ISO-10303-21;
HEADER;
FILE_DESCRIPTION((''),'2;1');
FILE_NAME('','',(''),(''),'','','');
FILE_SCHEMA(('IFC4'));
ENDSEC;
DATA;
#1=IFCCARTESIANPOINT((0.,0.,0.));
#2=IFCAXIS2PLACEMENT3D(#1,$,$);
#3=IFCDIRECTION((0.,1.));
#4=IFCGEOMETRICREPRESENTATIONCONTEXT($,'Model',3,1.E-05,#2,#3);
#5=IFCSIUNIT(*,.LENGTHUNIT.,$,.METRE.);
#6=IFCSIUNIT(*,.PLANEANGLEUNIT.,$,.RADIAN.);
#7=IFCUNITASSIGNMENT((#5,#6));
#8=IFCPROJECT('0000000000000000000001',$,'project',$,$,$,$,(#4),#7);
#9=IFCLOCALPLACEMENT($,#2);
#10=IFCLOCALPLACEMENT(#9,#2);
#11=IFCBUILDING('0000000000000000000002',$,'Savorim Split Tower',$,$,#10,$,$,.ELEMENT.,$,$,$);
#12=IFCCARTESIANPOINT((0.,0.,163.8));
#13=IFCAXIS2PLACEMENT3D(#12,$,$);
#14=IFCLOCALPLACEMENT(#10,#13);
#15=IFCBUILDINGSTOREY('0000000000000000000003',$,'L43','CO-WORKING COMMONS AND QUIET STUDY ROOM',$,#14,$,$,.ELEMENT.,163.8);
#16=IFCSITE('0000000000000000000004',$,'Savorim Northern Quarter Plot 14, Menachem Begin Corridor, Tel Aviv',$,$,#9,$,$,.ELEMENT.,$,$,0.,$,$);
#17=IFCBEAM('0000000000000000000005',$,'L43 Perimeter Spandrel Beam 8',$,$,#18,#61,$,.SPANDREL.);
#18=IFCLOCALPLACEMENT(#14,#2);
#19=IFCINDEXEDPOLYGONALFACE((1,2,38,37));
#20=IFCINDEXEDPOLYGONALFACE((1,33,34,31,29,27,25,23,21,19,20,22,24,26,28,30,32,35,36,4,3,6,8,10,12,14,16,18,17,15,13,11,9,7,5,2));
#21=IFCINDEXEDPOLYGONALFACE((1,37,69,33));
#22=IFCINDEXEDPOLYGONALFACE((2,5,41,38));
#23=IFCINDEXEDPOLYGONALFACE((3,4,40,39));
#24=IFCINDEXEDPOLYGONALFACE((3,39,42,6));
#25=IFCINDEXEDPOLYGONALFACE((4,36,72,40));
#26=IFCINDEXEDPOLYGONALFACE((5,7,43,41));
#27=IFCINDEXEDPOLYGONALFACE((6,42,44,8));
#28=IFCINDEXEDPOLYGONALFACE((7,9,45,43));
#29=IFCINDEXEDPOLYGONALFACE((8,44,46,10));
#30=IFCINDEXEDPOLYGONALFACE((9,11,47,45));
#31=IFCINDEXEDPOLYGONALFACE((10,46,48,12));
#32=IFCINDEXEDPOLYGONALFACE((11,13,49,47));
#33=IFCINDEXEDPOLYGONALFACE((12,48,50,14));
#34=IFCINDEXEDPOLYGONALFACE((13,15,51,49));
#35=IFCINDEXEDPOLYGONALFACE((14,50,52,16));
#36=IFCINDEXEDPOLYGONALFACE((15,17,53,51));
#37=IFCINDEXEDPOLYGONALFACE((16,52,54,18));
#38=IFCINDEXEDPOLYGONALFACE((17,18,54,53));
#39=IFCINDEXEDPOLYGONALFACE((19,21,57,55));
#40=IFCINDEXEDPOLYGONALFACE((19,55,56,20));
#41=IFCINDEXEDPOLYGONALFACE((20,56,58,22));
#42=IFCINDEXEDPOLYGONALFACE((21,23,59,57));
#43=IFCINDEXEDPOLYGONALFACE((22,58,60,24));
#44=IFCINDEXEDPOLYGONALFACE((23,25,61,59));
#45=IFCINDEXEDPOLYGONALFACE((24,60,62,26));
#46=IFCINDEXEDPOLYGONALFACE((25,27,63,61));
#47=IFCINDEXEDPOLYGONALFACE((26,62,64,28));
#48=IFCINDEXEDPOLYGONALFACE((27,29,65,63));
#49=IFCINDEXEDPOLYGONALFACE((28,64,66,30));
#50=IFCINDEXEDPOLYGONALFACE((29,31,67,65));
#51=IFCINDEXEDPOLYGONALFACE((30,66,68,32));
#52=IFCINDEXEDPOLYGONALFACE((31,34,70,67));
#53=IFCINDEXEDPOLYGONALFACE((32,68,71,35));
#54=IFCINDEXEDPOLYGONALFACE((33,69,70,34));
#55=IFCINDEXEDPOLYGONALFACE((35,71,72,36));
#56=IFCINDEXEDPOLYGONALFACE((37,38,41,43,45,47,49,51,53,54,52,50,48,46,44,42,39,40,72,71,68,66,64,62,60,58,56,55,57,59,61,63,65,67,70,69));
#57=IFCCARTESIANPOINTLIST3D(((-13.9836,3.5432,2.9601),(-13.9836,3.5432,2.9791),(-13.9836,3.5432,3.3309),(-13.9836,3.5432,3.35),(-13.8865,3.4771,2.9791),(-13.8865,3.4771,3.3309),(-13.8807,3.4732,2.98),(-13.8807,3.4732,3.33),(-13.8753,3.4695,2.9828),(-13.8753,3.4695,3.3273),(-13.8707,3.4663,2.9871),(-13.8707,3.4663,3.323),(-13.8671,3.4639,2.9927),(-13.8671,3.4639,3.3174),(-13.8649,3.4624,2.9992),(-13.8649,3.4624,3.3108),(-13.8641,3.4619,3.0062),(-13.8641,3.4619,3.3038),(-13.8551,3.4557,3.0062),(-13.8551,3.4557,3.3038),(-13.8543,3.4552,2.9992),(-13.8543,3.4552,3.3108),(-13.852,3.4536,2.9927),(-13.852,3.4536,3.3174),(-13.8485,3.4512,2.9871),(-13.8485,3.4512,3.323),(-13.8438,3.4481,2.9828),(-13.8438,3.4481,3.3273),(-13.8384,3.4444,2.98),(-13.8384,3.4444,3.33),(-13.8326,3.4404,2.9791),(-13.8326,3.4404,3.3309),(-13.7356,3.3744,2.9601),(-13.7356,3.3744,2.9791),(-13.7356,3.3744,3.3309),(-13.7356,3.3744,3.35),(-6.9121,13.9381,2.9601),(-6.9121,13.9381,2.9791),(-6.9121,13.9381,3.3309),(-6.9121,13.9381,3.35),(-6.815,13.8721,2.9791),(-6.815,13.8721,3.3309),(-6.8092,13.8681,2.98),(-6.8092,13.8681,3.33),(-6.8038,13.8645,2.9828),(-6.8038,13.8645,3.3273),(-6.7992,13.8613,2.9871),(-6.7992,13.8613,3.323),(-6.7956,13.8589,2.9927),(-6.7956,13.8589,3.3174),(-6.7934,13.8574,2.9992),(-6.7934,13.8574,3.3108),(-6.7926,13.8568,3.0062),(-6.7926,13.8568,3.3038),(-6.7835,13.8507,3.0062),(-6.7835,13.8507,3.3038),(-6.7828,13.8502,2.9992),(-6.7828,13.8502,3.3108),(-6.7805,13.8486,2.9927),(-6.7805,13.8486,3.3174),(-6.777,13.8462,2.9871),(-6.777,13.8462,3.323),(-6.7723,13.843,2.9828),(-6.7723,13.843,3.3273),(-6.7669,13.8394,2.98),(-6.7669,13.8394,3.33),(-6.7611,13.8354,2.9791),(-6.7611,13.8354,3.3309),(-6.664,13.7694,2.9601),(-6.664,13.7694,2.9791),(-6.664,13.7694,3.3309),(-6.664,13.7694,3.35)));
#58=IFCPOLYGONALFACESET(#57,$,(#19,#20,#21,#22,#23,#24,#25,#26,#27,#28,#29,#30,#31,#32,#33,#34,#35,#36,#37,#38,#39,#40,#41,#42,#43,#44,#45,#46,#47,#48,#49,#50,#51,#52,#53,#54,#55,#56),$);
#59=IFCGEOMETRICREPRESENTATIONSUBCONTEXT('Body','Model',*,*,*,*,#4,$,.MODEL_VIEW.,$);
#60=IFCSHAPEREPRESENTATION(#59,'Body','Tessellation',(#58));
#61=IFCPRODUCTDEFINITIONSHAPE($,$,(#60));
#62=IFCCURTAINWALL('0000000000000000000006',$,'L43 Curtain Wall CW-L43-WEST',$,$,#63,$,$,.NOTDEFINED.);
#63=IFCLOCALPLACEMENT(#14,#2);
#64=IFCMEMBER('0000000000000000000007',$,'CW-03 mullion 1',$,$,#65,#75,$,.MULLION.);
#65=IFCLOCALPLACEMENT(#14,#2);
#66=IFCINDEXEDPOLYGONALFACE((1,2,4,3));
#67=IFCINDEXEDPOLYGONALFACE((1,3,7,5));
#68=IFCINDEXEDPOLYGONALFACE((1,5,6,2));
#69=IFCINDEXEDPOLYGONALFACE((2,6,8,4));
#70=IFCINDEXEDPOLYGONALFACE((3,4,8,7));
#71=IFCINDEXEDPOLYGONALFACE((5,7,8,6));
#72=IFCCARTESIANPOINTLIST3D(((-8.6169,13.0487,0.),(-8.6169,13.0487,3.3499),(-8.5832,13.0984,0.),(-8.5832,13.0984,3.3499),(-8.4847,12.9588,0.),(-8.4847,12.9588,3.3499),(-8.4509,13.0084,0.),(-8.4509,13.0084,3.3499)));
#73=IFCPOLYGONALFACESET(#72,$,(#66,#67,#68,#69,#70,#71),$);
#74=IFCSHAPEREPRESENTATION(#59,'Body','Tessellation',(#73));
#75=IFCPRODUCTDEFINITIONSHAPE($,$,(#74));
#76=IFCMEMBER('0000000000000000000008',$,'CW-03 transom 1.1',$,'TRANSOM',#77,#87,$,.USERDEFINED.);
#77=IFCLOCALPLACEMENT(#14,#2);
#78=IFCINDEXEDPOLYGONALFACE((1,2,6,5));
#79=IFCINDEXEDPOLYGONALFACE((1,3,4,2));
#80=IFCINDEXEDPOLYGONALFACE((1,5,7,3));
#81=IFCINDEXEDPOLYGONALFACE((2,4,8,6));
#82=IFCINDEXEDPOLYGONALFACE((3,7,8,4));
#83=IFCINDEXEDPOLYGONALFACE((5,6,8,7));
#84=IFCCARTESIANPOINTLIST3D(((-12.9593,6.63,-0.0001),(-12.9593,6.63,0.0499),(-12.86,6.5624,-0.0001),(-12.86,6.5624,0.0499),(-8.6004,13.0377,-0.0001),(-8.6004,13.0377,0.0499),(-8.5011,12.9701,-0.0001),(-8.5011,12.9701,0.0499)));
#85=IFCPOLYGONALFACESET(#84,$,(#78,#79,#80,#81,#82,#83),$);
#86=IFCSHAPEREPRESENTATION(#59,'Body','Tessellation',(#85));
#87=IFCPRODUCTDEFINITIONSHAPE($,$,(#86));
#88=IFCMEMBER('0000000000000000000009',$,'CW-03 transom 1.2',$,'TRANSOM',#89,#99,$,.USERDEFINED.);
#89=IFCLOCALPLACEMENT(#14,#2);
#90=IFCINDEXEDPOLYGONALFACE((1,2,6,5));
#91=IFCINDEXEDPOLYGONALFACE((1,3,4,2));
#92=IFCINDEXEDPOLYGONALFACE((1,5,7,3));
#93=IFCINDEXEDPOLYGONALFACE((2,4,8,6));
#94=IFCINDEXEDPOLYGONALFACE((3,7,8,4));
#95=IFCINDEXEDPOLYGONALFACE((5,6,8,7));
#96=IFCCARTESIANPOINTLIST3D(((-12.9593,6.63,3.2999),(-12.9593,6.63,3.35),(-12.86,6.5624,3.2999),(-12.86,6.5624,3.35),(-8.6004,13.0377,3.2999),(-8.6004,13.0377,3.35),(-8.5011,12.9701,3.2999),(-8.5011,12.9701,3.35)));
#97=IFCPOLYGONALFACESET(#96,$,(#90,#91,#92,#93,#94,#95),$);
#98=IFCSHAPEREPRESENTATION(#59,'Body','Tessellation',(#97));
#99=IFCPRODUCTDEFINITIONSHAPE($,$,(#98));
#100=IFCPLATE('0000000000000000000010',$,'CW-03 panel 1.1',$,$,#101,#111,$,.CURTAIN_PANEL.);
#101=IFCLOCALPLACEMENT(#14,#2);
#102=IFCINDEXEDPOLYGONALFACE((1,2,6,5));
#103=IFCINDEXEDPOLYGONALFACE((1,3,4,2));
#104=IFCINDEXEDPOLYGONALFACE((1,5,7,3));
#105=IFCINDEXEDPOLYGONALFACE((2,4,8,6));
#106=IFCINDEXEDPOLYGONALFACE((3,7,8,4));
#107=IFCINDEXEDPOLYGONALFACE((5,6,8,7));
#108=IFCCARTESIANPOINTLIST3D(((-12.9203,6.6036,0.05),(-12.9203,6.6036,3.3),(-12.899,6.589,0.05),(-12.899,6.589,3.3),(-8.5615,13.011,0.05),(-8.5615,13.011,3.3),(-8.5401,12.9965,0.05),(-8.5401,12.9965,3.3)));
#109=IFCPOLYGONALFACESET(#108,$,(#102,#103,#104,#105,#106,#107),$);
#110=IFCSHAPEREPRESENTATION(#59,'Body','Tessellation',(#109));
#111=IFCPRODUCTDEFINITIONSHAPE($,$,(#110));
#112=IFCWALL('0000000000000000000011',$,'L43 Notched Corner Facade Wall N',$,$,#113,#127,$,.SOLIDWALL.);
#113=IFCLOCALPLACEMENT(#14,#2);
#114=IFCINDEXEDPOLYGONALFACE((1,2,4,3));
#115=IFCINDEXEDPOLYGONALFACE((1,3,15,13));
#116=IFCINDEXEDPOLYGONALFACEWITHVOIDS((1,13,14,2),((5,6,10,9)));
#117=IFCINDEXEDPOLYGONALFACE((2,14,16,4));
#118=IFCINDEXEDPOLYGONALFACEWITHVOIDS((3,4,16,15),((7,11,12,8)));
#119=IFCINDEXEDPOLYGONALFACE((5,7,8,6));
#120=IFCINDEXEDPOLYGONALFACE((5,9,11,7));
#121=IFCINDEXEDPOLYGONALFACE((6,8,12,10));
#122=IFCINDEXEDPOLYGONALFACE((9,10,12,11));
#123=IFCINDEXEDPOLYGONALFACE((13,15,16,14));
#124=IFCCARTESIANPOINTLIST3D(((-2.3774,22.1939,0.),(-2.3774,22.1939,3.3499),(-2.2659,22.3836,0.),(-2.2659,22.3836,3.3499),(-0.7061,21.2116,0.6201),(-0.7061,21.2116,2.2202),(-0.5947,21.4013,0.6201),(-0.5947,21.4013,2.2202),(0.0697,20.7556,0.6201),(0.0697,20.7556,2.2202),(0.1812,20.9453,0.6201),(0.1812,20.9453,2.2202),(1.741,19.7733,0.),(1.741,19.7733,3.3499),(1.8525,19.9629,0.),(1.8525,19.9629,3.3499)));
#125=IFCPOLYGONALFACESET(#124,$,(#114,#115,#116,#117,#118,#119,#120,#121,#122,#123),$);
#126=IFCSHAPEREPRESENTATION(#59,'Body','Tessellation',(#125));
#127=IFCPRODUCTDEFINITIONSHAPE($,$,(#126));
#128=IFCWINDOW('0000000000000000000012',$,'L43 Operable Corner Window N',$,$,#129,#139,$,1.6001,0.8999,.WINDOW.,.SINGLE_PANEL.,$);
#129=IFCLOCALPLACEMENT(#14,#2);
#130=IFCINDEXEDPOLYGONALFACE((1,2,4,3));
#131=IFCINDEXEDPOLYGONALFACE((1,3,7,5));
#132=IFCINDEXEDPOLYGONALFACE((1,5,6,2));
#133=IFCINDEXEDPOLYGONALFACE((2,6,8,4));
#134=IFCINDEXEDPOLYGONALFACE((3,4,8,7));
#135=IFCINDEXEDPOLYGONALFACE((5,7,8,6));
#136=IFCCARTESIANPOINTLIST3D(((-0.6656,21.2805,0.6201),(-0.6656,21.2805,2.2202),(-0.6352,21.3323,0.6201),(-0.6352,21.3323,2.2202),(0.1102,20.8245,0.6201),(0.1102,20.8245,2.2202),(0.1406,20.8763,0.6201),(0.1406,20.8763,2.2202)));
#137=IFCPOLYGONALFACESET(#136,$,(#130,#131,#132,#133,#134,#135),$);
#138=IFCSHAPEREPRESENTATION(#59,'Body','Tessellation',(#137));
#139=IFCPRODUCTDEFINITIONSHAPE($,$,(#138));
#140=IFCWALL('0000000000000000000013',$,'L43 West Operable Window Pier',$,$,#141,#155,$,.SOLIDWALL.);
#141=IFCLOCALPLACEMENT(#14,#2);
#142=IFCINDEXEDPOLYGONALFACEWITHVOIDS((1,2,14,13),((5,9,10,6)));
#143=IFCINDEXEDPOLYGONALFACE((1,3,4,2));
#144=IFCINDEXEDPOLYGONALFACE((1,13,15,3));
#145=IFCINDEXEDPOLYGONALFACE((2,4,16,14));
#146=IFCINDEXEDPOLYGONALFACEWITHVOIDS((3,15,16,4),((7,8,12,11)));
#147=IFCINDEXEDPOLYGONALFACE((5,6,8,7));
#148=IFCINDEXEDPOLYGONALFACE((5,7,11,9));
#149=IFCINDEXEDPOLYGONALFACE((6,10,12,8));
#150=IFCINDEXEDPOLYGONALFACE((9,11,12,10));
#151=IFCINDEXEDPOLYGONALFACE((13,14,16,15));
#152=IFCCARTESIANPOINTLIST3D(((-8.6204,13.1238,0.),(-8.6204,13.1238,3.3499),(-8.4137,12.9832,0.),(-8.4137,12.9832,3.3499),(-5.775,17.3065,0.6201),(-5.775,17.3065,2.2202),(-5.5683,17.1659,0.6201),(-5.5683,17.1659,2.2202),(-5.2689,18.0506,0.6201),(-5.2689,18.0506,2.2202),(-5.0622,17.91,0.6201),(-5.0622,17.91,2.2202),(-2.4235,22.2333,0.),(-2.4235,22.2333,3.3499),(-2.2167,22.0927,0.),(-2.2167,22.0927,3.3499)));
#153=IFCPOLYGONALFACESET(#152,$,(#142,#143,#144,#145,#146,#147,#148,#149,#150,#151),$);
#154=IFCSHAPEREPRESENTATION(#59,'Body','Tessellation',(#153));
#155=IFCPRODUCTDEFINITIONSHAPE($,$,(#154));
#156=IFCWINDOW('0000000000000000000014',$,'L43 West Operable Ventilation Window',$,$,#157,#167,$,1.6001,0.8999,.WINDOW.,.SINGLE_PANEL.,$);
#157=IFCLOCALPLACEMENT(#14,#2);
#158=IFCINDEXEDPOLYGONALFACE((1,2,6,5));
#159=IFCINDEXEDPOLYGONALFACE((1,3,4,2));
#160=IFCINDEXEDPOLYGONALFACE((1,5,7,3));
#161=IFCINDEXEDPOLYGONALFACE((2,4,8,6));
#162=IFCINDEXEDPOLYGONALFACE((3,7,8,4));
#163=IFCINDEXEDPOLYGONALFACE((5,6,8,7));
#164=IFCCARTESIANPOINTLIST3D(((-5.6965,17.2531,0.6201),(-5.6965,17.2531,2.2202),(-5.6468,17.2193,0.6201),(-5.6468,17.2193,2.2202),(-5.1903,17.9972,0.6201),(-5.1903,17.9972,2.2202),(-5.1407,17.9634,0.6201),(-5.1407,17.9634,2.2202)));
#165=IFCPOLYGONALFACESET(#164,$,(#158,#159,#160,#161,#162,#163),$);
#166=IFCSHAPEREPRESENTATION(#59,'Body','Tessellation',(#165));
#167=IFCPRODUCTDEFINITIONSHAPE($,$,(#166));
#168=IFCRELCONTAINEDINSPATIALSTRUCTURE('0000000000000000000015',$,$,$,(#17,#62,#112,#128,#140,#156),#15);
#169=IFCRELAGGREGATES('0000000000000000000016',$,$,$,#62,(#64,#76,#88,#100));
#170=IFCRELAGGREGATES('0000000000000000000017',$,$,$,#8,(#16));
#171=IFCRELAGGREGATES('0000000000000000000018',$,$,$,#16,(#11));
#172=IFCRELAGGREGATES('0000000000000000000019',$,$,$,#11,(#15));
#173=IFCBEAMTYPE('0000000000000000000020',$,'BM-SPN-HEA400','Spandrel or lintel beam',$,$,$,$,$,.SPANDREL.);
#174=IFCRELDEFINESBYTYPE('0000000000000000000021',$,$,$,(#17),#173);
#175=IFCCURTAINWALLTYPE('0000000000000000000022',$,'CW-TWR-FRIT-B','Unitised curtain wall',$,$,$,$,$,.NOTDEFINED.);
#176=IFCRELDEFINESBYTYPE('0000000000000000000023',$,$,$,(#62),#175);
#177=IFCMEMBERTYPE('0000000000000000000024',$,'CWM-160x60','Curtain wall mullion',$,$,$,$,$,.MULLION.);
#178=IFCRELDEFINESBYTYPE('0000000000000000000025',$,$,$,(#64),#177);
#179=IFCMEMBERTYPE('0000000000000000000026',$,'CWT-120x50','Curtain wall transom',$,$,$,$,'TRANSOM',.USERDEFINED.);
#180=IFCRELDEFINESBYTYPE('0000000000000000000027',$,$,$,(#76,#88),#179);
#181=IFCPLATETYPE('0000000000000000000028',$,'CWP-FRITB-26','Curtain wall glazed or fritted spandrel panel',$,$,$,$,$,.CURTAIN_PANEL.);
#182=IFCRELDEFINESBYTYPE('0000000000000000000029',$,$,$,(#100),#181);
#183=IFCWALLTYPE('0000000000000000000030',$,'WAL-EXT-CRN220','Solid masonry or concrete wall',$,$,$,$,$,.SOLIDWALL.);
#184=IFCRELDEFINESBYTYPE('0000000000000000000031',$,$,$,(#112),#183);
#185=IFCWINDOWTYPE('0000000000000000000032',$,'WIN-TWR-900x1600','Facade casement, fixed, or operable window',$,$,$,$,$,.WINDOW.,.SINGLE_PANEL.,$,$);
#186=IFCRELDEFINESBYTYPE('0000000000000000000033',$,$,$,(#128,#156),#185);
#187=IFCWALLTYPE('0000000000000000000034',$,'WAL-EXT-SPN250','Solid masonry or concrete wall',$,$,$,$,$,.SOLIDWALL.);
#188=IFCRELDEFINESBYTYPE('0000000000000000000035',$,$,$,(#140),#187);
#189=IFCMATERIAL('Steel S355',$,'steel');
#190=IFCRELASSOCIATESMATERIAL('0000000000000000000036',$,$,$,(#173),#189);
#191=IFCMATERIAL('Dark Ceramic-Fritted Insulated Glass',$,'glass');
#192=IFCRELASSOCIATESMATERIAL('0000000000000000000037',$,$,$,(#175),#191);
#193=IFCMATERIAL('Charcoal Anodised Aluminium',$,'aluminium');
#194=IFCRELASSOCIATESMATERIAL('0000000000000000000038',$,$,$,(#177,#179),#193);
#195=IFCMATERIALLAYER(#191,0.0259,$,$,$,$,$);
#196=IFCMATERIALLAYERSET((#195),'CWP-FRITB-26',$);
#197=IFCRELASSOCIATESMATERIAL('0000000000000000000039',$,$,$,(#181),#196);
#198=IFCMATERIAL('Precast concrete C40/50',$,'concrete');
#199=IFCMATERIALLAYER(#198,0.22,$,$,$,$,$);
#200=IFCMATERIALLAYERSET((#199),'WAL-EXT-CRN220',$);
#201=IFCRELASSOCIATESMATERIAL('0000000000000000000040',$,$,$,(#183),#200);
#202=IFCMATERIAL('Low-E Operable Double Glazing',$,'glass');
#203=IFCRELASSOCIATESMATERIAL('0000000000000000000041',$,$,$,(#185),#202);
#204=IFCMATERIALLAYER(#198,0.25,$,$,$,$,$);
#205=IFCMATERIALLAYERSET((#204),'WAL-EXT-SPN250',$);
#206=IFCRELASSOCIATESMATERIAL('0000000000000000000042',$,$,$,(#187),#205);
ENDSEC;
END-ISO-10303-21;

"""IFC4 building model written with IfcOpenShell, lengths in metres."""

from ifc_helpers import new_model, si_unit, direction, frame, frame_2d, origin, origin_2d, place, context, subcontext, project, spatial, rectangle, i_section, extrude, material, layer, layer_set, material_profile, profile_set, type_object, element, fill, aggregate, save


model = new_model("IFC4")

# Units and contexts
model_context = context("Model", 3, precision=1e-05, world=origin(), true_north=direction((0.0, 1.0)))
body_context = subcontext(model_context, "Body", "Model", "MODEL_VIEW")
ifc_project = project(units=[si_unit("LENGTHUNIT", "METRE"), si_unit("PLANEANGLEUNIT", "RADIAN")], contexts=[model_context])

# Site, building, storey
site_placement = place(None, origin())
site = spatial("IfcSite", under=ifc_project, at=site_placement, Name="Savorim Northern Quarter Plot 14, Menachem Begin Corridor, Tel Aviv", CompositionType="ELEMENT", RefElevation=0.0)
building_placement = place(site_placement, origin())
building = spatial("IfcBuilding", under=site, at=building_placement, Name="Savorim Split Tower", CompositionType="ELEMENT")
storey_placement = place(building_placement, frame((0.0, 0.0, 163.8)))
storey = spatial("IfcBuildingStorey", under=building, at=storey_placement, Name="L43", Description="CO-WORKING COMMONS AND QUIET STUDY ROOM", CompositionType="ELEMENT", Elevation=163.8)

# Beam
ifc_material_1 = material(Name="Steel S355", Category="steel")
ifc_material_profile_1 = material_profile(ifc_material_1, i_section(OverallWidth=0.3, OverallDepth=0.3899, WebThickness=0.011, FlangeThickness=0.019, FilletRadius=0.0271, at=origin_2d()), Name="HEA 400")
ifc_profile_set_1 = profile_set([ifc_material_profile_1], Name="Steel S355")
beam_type_1 = type_object("IfcBeamType", Name="BM-SPN-HEA400", Description="Spandrel or lintel beam", PredefinedType="SPANDREL", material=ifc_profile_set_1)
beam_1_placement = place(storey_placement, frame((-6.7881, 13.8538, 3.155), z_axis=(-0.562469, -0.826818, 0.0), x_axis=(0.826818, -0.562469, 0.0)))
element("IfcBeam", 1, at=beam_1_placement, inside=storey, type_object=beam_type_1, Name="L43 Perimeter Spandrel Beam 8", PredefinedType="SPANDREL", context=body_context, shape_type="SweptSolid", body=[
    extrude(i_section(OverallWidth=0.3, OverallDepth=0.3899, WebThickness=0.011, FlangeThickness=0.019, FilletRadius=0.0271, at=origin_2d()), origin(), (0.0, 0.0, 1.0), 12.5723),
])

# Curtain wall, members, plate
ifc_material_2 = material(Name="Dark Ceramic-Fritted Insulated Glass", Category="glass")
curtain_wall_type = type_object("IfcCurtainWallType", Name="CW-TWR-FRIT-B", Description="Unitised curtain wall", PredefinedType="NOTDEFINED", material=ifc_material_2)
curtain_wall_placement = place(storey_placement, origin())
curtain_wall = element("IfcCurtainWall", 2, at=curtain_wall_placement, inside=storey, type_object=curtain_wall_type, Name="L43 Curtain Wall CW-L43-WEST", PredefinedType="NOTDEFINED")
ifc_material_3 = material(Name="Charcoal Anodised Aluminium", Category="aluminium")
ifc_material_profile_2 = material_profile(ifc_material_3, rectangle(XDim=0.1599, YDim=0.0601, at=origin_2d()), Name="ALU-M 160x60")
ifc_profile_set_2 = profile_set([ifc_material_profile_2], Name="Charcoal Anodised Aluminium")
member_type_1 = type_object("IfcMemberType", Name="CWM-160x60", Description="Curtain wall mullion", PredefinedType="MULLION", material=ifc_profile_set_2)
member_1_placement = place(storey_placement, frame((-8.5339, 13.0286, 0.0), z_axis=(0.0, 0.0, 1.0), x_axis=(0.826819, -0.562468, 0.0)))
member_1 = element("IfcMember", 3, at=member_1_placement, type_object=member_type_1, Name="CW-03 mullion 1", PredefinedType="MULLION", context=body_context, shape_type="SweptSolid", body=[
    extrude(rectangle(XDim=0.1599, YDim=0.0601, at=origin_2d()), origin(), (0.0, 0.0, 1.0), 3.3499),
])
ifc_material_profile_3 = material_profile(ifc_material_3, rectangle(XDim=0.1201, YDim=0.05, at=origin_2d()), Name="ALU-T 120x50")
ifc_profile_set_3 = profile_set([ifc_material_profile_3], Name="Charcoal Anodised Aluminium")
member_type_2 = type_object("IfcMemberType", Name="CWT-120x50", Description="Curtain wall transom", ElementType="TRANSOM", PredefinedType="USERDEFINED", material=ifc_profile_set_3)
member_2_placement = place(storey_placement, frame((-8.5508, 13.0039, 0.0249), z_axis=(-0.562455, -0.826828, 0.0), x_axis=(0.826828, -0.562455, 0.0)))
member_2 = element("IfcMember", 4, at=member_2_placement, type_object=member_type_2, Name="CW-03 transom 1.1", ObjectType="TRANSOM", PredefinedType="USERDEFINED", context=body_context, shape_type="SweptSolid", body=[
    extrude(rectangle(XDim=0.1201, YDim=0.05, at=origin_2d()), origin(), (0.0, 0.0, 1.0), 7.7498),
])
member_3_placement = place(storey_placement, frame((-8.5508, 13.0039, 3.325), z_axis=(-0.562455, -0.826828, 0.0), x_axis=(0.826828, -0.562455, 0.0)))
member_3 = element("IfcMember", 5, at=member_3_placement, type_object=member_type_2, Name="CW-03 transom 1.2", ObjectType="TRANSOM", PredefinedType="USERDEFINED", context=body_context, shape_type="SweptSolid", body=[
    extrude(rectangle(XDim=0.1201, YDim=0.05, at=origin_2d()), origin(), (0.0, 0.0, 1.0), 7.7498),
])
ifc_layer_1 = layer(ifc_material_2, 0.0259)
ifc_layer_set_1 = layer_set([ifc_layer_1], Name="CWP-FRITB-26")
plate_type = type_object("IfcPlateType", Name="CWP-FRITB-26", Description="Curtain wall glazed or fritted spandrel panel", PredefinedType="CURTAIN_PANEL", material=ifc_layer_set_1)
plate_placement = place(storey_placement, frame((-10.7302, 9.8, 0.05), z_axis=(0.0, 0.0, 1.0), x_axis=(-0.562468, -0.826819, 0.0)))
plate = element("IfcPlate", 6, at=plate_placement, type_object=plate_type, Name="CW-03 panel 1.1", PredefinedType="CURTAIN_PANEL", context=body_context, shape_type="SweptSolid", body=[
    extrude(rectangle(XDim=7.7495, YDim=0.0259, at=origin_2d()), origin(), (0.0, 0.0, 1.0), 3.25),
])
aggregate(curtain_wall, [member_1, member_2, member_3, plate])

# Walls, openings, windows
ifc_material_4 = material(Name="Precast concrete C40/50", Category="concrete")
ifc_layer_2 = layer(ifc_material_4, 0.22)
ifc_layer_set_2 = layer_set([ifc_layer_2], Name="WAL-EXT-CRN220")
wall_type_1 = type_object("IfcWallType", Name="WAL-EXT-CRN220", Description="Solid masonry or concrete wall", PredefinedType="SOLIDWALL", material=ifc_layer_set_2)
wall_1_placement = place(storey_placement, frame((-2.3218, 22.2888, 0.0), z_axis=(0.0, 0.0, 1.0), x_axis=(0.862112, -0.506719, 0.0)))
wall_1 = element("IfcWall", 7, at=wall_1_placement, inside=storey, type_object=wall_type_1, Name="L43 Notched Corner Facade Wall N", PredefinedType="SOLIDWALL", context=body_context, shape_type="SweptSolid", body=[
    extrude(rectangle(XDim=4.7771, YDim=0.22, at=frame_2d((2.3887, 0.0))), origin(), (0.0, 0.0, 1.0), 3.3499),
])
opening_1_placement = place(wall_1_placement, frame((1.9387, 0.0, 0.6201)))
opening_1 = element("IfcOpeningElement", 8, at=opening_1_placement, cuts=wall_1, PredefinedType="OPENING", context=body_context, shape_type="SweptSolid", body=[
    extrude(rectangle(XDim=0.8999, YDim=1.6001, at=frame_2d((0.45, 0.8))), frame((0.0, 0.1199, 0.0), z_axis=(0.0, -1.0, 0.0), x_axis=(1.0, 0.0, 0.0)), (0.0, 0.0, 1.0), 0.24),
])
ifc_material_5 = material(Name="Low-E Operable Double Glazing", Category="glass")
window_type = type_object("IfcWindowType", Name="WIN-TWR-900x1600", Description="Facade casement, fixed, or operable window", PartitioningType="SINGLE_PANEL", PredefinedType="WINDOW", material=ifc_material_5)
window_1_placement = place(opening_1_placement, origin())
window_1 = element("IfcWindow", 9, at=window_1_placement, inside=storey, type_object=window_type, Name="L43 Operable Corner Window N", OverallHeight=1.6001, OverallWidth=0.8999, PartitioningType="SINGLE_PANEL", PredefinedType="WINDOW", context=body_context, shape_type="SweptSolid", body=[
    extrude(rectangle(XDim=0.8999, YDim=1.6001, at=frame_2d((0.45, 0.8))), frame((0.0, 0.03, 0.0), z_axis=(0.0, -1.0, 0.0), x_axis=(1.0, 0.0, 0.0)), (0.0, 0.0, 1.0), 0.0601),
])
fill(opening_1, window_1)
ifc_layer_3 = layer(ifc_material_4, 0.25)
ifc_layer_set_3 = layer_set([ifc_layer_3], Name="WAL-EXT-SPN250")
wall_type_2 = type_object("IfcWallType", Name="WAL-EXT-SPN250", Description="Solid masonry or concrete wall", PredefinedType="SOLIDWALL", material=ifc_layer_set_3)
wall_2_placement = place(storey_placement, frame((-8.5171, 13.0535, 0.0), z_axis=(0.0, 0.0, 1.0), x_axis=(0.562464, 0.826822, 0.0)))
wall_2 = element("IfcWall", 10, at=wall_2_placement, inside=storey, type_object=wall_type_2, Name="L43 West Operable Window Pier", PredefinedType="SOLIDWALL", context=body_context, shape_type="SweptSolid", body=[
    extrude(rectangle(XDim=11.0176, YDim=0.25, at=frame_2d((5.5088, 0.0))), origin(), (0.0, 0.0, 1.0), 3.3499),
])
opening_2_placement = place(wall_2_placement, frame((5.0588, 0.0, 0.6201)))
opening_2 = element("IfcOpeningElement", 11, at=opening_2_placement, cuts=wall_2, PredefinedType="OPENING", context=body_context, shape_type="SweptSolid", body=[
    extrude(rectangle(XDim=0.8999, YDim=1.6001, at=frame_2d((0.45, 0.8))), frame((0.0, 0.135, 0.0), z_axis=(0.0, -1.0, 0.0), x_axis=(1.0, 0.0, 0.0)), (0.0, 0.0, 1.0), 0.27),
])
window_2_placement = place(opening_2_placement, origin())
window_2 = element("IfcWindow", 12, at=window_2_placement, inside=storey, type_object=window_type, Name="L43 West Operable Ventilation Window", OverallHeight=1.6001, OverallWidth=0.8999, PartitioningType="SINGLE_PANEL", PredefinedType="WINDOW", context=body_context, shape_type="SweptSolid", body=[
    extrude(rectangle(XDim=0.8999, YDim=1.6001, at=frame_2d((0.45, 0.8))), frame((0.0, 0.03, 0.0), z_axis=(0.0, -1.0, 0.0), x_axis=(1.0, 0.0, 0.0)), (0.0, 0.0, 1.0), 0.0601),
])
fill(opening_2, window_2)

save(model, "model.ifc")
